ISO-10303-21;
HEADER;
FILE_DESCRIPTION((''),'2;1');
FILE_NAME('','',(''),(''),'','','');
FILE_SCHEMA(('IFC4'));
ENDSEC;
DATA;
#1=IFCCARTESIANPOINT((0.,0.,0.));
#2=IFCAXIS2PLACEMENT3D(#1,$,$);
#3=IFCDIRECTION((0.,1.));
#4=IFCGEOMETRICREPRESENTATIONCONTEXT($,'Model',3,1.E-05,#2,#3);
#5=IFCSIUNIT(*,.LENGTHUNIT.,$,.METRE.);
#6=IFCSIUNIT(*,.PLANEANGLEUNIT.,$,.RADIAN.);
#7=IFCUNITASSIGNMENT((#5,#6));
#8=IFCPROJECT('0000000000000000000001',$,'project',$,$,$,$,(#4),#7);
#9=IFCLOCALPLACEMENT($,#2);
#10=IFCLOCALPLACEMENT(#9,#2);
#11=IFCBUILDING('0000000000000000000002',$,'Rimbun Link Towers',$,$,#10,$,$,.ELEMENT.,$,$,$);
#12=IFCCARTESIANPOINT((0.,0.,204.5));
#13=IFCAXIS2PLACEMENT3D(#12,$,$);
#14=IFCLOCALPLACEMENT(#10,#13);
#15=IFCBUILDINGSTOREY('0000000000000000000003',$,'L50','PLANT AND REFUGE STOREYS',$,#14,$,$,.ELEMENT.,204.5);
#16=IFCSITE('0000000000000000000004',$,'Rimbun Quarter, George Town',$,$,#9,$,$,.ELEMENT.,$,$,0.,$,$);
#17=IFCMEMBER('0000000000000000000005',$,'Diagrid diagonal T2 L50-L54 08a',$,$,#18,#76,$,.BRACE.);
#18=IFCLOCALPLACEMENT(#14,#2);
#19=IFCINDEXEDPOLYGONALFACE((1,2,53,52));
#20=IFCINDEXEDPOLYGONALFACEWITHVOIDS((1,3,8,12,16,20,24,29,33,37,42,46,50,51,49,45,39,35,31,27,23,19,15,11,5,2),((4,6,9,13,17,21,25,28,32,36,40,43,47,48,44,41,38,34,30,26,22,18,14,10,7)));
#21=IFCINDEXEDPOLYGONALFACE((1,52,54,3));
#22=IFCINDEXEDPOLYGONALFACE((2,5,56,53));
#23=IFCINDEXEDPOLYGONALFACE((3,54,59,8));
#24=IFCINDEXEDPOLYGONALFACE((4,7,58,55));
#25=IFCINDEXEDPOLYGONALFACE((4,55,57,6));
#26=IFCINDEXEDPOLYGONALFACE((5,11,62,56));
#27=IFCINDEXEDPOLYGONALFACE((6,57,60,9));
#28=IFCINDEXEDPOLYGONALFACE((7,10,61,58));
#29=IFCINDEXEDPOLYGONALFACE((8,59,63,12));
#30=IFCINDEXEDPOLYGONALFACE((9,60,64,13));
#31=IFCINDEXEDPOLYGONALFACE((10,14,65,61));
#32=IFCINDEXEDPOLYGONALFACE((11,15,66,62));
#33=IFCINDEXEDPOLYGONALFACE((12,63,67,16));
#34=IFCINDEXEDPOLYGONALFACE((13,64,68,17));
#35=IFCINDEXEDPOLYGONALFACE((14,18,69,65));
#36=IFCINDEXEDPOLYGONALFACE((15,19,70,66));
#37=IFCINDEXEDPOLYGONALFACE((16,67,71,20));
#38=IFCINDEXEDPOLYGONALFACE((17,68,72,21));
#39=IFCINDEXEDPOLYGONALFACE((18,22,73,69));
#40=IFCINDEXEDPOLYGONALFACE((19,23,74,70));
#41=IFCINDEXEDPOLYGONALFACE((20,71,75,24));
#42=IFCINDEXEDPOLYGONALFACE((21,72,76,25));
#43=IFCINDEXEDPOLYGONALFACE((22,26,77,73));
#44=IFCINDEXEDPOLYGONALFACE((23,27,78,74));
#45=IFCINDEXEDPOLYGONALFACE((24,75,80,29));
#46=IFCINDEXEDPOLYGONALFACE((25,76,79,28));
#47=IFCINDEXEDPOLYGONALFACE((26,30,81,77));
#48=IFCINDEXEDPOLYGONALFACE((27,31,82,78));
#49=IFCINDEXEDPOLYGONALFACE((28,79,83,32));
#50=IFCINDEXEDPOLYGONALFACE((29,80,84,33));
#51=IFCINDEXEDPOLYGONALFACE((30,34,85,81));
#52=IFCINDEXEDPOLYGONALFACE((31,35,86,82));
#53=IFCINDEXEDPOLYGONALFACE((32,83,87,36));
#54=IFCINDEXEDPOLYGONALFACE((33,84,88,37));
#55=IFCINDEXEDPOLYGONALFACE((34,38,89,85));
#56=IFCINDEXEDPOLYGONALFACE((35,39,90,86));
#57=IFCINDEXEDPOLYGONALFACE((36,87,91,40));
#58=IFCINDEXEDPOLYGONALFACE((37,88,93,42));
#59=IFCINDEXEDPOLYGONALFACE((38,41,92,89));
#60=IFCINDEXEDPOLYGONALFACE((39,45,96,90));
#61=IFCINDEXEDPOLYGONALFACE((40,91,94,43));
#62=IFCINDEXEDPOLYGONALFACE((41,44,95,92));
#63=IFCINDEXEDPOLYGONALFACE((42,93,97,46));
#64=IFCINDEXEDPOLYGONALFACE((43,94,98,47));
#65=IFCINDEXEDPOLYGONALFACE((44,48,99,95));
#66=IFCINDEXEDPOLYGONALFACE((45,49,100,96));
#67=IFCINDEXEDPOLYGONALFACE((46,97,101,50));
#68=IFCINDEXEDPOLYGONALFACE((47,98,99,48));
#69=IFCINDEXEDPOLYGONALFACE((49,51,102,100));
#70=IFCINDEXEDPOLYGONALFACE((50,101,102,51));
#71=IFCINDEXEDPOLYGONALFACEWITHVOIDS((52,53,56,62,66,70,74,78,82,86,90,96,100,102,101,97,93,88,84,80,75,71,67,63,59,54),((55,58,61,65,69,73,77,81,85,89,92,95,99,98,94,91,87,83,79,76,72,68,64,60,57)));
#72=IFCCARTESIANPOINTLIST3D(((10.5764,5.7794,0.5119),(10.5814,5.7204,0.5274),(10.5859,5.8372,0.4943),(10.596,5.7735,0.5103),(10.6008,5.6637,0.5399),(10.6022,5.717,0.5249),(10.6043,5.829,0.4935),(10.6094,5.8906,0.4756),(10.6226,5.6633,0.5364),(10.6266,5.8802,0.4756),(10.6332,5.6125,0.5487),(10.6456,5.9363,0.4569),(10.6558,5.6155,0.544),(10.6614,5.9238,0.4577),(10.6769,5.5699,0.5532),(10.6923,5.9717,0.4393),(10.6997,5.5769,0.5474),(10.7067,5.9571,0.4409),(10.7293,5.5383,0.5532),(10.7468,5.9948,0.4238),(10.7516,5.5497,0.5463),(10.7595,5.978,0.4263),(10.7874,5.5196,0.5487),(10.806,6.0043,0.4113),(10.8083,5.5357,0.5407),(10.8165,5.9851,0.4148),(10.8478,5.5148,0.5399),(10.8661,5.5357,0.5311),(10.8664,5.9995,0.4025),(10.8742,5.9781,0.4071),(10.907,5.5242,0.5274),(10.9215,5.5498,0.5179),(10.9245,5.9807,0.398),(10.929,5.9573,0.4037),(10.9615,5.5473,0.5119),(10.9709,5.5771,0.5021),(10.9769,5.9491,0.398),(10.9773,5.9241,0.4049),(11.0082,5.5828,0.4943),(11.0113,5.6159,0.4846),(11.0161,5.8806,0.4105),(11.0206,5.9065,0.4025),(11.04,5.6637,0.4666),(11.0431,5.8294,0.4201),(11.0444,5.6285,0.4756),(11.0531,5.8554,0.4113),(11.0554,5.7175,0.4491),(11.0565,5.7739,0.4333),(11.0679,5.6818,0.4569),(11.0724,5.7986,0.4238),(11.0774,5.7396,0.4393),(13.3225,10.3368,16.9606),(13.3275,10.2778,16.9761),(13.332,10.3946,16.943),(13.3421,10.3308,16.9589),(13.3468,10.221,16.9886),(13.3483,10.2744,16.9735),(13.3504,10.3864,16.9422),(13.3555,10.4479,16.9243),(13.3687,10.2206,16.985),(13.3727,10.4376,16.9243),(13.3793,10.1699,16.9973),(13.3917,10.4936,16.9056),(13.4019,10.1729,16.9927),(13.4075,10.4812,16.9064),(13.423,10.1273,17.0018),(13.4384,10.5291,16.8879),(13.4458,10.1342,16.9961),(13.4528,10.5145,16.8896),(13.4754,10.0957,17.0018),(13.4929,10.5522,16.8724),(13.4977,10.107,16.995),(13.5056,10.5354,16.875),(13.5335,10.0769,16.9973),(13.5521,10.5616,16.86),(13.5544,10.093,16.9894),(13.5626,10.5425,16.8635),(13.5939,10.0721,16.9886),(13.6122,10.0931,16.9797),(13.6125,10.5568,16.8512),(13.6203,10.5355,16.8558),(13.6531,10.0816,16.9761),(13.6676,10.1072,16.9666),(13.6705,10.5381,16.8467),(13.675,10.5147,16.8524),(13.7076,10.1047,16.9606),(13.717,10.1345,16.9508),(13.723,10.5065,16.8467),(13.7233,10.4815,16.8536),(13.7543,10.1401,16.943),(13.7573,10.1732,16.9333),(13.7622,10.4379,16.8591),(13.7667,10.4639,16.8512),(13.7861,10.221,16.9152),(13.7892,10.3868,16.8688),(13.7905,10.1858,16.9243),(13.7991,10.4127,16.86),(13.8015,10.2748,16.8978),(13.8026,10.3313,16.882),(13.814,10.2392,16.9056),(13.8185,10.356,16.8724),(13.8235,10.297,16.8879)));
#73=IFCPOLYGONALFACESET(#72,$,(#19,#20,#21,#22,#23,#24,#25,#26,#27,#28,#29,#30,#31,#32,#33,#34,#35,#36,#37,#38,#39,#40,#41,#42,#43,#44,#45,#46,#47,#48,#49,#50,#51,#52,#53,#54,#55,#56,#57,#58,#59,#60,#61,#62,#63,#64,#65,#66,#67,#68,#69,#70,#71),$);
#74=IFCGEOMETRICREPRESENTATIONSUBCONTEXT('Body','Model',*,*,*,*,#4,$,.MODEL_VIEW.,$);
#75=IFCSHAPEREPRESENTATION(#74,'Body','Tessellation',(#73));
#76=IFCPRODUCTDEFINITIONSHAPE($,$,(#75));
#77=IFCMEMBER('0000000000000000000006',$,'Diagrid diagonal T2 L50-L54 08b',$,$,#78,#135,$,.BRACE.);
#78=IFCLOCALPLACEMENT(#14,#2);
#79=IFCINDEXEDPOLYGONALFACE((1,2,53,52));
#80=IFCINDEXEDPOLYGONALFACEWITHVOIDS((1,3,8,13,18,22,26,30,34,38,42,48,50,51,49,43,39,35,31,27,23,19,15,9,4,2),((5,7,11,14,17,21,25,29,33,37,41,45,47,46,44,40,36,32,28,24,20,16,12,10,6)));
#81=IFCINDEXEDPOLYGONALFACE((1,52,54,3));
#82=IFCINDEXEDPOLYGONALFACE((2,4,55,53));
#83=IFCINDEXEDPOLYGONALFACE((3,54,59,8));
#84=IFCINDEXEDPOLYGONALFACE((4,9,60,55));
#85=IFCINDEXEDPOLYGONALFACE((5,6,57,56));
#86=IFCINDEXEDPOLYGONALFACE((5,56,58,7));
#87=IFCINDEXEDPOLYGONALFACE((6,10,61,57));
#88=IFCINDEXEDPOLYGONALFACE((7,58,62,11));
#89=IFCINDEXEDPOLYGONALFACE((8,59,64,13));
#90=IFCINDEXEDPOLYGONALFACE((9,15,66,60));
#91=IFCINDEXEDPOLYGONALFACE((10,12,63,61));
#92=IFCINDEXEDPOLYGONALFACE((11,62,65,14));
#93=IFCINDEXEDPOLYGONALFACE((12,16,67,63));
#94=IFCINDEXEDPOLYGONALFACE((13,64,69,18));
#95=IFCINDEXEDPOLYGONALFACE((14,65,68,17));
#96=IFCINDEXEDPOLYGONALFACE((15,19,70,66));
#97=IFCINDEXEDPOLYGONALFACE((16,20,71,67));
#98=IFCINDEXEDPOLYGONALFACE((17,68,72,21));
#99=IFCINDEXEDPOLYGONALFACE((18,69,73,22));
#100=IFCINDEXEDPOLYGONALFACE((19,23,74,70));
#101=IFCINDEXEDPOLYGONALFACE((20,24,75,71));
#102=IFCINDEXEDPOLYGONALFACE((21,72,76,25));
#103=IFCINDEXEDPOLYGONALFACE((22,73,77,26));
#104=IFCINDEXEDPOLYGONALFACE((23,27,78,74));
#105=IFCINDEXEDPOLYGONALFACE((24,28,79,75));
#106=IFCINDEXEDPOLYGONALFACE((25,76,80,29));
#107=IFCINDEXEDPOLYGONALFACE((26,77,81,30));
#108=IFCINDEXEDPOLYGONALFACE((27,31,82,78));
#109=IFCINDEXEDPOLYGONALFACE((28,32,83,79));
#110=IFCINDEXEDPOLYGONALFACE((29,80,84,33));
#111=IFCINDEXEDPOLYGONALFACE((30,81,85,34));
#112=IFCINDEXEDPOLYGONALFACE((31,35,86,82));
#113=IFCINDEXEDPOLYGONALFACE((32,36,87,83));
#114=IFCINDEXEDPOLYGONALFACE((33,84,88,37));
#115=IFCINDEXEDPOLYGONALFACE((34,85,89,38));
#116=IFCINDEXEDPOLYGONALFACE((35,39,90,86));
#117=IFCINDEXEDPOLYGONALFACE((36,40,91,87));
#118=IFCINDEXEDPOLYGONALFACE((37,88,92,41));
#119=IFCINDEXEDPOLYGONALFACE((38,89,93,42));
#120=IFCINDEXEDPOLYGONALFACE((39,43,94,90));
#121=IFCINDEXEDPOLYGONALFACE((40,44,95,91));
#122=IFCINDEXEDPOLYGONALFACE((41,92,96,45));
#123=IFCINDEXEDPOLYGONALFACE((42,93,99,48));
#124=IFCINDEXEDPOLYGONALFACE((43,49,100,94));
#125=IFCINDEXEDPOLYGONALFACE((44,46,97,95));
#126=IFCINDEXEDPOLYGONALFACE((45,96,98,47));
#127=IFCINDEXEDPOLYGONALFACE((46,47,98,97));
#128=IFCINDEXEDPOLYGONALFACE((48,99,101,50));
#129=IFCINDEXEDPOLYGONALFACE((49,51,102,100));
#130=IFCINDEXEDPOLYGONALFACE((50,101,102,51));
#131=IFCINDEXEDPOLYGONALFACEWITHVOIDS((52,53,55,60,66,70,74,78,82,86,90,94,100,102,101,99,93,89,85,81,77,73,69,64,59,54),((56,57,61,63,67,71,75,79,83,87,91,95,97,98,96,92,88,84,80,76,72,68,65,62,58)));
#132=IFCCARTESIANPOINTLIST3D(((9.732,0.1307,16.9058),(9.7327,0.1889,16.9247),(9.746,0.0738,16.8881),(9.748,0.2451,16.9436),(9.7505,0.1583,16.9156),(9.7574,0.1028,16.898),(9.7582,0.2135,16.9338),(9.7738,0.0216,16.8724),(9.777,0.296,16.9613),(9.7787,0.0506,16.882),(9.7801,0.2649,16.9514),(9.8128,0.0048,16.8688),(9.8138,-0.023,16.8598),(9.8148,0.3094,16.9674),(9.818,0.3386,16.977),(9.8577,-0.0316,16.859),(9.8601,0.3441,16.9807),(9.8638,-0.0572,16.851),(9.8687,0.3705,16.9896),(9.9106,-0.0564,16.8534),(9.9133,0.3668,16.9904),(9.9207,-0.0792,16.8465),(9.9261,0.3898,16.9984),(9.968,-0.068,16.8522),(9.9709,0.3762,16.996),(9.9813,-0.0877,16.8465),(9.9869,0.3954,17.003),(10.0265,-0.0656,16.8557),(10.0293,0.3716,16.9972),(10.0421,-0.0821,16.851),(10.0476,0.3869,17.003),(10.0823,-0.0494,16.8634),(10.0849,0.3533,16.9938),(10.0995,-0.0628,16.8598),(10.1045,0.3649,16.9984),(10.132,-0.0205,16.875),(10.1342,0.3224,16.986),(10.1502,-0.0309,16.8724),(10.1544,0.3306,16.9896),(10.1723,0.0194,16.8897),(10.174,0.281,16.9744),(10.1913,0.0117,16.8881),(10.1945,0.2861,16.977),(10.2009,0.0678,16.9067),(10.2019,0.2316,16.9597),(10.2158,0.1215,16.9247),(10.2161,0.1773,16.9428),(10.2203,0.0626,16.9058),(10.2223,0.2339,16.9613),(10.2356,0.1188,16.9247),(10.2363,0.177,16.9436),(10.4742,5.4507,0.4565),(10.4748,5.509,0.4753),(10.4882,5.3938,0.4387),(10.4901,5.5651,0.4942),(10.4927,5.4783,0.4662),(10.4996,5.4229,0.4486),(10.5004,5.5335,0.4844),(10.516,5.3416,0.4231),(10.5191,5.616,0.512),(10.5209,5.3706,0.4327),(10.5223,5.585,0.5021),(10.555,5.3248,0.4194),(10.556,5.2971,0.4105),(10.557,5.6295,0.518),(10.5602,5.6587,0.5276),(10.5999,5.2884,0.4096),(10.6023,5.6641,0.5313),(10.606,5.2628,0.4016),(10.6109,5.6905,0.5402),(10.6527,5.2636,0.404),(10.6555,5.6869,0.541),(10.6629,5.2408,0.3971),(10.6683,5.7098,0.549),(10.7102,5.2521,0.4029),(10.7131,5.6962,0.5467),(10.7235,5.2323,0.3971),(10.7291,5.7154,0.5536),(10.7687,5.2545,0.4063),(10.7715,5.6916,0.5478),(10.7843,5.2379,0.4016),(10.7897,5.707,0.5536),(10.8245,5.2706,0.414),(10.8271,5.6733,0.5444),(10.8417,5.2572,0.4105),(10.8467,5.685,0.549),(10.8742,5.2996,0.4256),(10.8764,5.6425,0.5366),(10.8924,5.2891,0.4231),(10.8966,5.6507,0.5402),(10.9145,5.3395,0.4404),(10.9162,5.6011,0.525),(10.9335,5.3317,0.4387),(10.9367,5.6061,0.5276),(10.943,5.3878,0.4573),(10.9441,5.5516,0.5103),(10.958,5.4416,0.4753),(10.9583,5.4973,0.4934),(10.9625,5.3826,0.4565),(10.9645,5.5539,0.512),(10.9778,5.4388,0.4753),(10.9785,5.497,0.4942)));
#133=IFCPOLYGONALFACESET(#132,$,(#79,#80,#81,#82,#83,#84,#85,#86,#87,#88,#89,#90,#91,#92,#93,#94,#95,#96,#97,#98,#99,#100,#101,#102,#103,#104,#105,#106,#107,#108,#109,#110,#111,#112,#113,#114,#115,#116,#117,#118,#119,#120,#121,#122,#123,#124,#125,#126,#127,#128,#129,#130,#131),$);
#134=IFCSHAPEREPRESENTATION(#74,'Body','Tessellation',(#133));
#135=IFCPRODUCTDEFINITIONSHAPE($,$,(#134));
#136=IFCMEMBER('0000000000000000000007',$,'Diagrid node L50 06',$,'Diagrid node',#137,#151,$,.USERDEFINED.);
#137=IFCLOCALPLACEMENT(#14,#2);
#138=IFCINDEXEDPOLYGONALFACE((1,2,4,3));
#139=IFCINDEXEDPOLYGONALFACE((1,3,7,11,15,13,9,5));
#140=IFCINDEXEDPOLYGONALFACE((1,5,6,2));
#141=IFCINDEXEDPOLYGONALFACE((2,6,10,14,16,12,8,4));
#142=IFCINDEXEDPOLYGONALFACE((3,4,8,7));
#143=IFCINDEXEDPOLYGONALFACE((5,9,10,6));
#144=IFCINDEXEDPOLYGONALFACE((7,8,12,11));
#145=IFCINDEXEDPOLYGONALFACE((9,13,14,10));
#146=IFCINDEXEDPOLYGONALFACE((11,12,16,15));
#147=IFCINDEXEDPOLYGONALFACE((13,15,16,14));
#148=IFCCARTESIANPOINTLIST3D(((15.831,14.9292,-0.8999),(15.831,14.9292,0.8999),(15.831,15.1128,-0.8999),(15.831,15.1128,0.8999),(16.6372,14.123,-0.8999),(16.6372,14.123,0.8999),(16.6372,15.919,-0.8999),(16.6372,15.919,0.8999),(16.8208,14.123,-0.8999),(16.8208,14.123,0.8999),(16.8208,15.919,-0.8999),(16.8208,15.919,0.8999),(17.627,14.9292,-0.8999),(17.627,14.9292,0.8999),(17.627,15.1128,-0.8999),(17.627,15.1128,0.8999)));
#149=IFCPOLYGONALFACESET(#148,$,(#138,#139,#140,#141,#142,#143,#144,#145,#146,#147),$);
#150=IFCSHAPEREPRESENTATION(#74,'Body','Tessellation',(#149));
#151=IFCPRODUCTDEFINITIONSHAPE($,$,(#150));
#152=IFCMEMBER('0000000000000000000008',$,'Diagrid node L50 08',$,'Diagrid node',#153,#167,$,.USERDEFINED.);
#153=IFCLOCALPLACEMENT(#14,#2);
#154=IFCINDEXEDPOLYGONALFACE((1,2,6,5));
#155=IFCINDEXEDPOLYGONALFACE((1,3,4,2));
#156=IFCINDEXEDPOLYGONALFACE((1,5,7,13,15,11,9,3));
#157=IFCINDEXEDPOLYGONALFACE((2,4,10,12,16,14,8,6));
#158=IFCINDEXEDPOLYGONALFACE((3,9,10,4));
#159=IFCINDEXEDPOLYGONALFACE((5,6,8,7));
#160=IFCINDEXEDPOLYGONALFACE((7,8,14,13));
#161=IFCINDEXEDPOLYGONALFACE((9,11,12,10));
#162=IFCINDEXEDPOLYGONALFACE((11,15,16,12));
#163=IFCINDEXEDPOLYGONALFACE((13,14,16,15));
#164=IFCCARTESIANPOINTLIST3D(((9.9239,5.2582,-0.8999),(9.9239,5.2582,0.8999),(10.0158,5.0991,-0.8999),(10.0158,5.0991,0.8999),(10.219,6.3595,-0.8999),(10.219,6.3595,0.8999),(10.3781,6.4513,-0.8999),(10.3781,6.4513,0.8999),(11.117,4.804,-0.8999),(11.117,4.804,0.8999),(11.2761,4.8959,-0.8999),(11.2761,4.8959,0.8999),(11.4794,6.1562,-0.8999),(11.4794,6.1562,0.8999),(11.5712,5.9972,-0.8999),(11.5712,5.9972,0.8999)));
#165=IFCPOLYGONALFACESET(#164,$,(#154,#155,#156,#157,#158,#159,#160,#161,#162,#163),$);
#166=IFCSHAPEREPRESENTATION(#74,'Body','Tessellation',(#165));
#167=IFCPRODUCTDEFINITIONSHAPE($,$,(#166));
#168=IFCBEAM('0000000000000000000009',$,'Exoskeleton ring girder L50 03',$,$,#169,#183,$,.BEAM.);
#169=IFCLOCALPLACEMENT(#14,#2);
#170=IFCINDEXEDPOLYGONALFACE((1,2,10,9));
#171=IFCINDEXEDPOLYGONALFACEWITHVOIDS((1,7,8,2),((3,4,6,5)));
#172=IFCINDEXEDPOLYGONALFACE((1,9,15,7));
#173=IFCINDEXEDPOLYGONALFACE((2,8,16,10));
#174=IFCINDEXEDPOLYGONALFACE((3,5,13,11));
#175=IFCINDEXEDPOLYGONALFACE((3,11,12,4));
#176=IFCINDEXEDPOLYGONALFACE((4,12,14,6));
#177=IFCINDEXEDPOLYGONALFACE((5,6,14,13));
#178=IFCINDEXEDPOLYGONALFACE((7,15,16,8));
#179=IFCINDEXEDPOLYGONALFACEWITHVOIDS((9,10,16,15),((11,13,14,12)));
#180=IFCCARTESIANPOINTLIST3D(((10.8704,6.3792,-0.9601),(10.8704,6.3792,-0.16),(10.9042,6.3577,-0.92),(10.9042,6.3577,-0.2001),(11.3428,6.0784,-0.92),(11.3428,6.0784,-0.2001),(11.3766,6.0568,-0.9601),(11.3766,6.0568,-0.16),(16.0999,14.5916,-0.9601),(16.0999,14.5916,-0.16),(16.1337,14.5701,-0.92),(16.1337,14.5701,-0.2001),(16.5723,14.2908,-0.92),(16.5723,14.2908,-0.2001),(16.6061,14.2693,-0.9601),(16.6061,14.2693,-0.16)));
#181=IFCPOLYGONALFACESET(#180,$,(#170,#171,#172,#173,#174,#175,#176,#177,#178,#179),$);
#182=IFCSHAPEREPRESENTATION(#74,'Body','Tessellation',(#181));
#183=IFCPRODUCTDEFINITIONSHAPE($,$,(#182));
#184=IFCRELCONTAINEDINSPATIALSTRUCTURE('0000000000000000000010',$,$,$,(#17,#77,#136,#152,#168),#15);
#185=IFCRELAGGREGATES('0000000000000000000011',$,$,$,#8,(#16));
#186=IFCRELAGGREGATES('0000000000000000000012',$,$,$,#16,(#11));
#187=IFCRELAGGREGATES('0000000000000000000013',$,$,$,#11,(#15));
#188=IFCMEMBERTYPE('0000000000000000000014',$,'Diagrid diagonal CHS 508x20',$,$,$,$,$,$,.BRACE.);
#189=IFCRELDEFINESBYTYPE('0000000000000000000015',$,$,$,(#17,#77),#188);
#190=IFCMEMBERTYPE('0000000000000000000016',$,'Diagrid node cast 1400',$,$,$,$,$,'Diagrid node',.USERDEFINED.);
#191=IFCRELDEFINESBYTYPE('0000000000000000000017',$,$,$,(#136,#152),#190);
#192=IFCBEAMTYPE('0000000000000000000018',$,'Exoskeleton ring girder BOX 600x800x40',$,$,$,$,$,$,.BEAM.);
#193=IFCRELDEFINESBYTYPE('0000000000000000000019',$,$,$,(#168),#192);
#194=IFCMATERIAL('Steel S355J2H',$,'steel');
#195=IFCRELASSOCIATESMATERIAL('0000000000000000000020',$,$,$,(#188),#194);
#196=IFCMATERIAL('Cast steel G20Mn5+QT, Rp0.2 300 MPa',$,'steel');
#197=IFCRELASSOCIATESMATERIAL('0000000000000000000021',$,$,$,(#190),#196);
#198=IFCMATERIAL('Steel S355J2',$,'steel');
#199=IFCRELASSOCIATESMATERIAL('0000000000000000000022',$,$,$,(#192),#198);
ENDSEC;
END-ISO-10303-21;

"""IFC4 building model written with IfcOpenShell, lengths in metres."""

from ifc_helpers import new_model, si_unit, direction, frame, origin, origin_2d, place, context, subcontext, project, spatial, polyline, hollow_rectangle, hollow_circle, outline, extrude, material, material_profile, profile_set, type_object, element, save


model = new_model("IFC4")

# Units and contexts
model_context = context("Model", 3, precision=1e-05, world=origin(), true_north=direction((0.0, 1.0)))
body_context = subcontext(model_context, "Body", "Model", "MODEL_VIEW")
ifc_project = project(units=[si_unit("LENGTHUNIT", "METRE"), si_unit("PLANEANGLEUNIT", "RADIAN")], contexts=[model_context])

# Site, building, storey
site_placement = place(None, origin())
site = spatial("IfcSite", under=ifc_project, at=site_placement, Name="Rimbun Quarter, George Town", CompositionType="ELEMENT", RefElevation=0.0)
building_placement = place(site_placement, origin())
building = spatial("IfcBuilding", under=site, at=building_placement, Name="Rimbun Link Towers", CompositionType="ELEMENT")
storey_placement = place(building_placement, frame((0.0, 0.0, 204.5)))
storey = spatial("IfcBuildingStorey", under=building, at=storey_placement, Name="L50", Description="PLANT AND REFUGE STOREYS", CompositionType="ELEMENT", Elevation=204.5)

# Members
ifc_material_1 = material(Name="Steel S355J2H", Category="steel")
ifc_material_profile_1 = material_profile(ifc_material_1, hollow_circle(Radius=0.2539, WallThickness=0.02, at=origin_2d()), Name="Diagrid diagonal CHS 508x20")
ifc_profile_set_1 = profile_set([ifc_material_profile_1], Name="Steel S355J2H")
member_type_1 = type_object("IfcMemberType", Name="Diagrid diagonal CHS 508x20", PredefinedType="BRACE", material=ifc_profile_set_1)
member_1_placement = place(storey_placement, frame((10.8269, 5.7595, 0.4756), z_axis=(0.158845, 0.263616, 0.951459), x_axis=(-0.856524, 0.516108, 0.0)))
element("IfcMember", 1, at=member_1_placement, inside=storey, type_object=member_type_1, Name="Diagrid diagonal T2 L50-L54 08a", PredefinedType="BRACE", context=body_context, shape_type="SweptSolid", body=[
    extrude(hollow_circle(Radius=0.2539, WallThickness=0.02, at=origin_2d()), origin(), (0.0, 0.0, 1.0), 17.2878),
])
member_2_placement = place(storey_placement, frame((10.7263, 5.4739, 0.4753), z_axis=(-0.04289, -0.307442, 0.9506), x_axis=(0.990409, -0.138169, 0.0)))
element("IfcMember", 2, at=member_2_placement, inside=storey, type_object=member_type_1, Name="Diagrid diagonal T2 L50-L54 08b", PredefinedType="BRACE", context=body_context, shape_type="SweptSolid", body=[
    extrude(hollow_circle(Radius=0.2539, WallThickness=0.02, at=origin_2d()), origin(), (0.0, 0.0, 1.0), 17.3042),
])
ifc_material_2 = material(Name="Cast steel G20Mn5+QT, Rp0.2 300 MPa", Category="steel")
ifc_material_profile_2 = material_profile(ifc_material_2, outline(polyline([(0.7, -0.5701), (0.7, 0.5701), (0.5701, 0.7), (-0.5701, 0.7), (-0.7, 0.5701), (-0.7, -0.5701), (-0.5701, -0.7), (0.5701, -0.7), (0.7, -0.5701)])), Name="NODE 1400x1400")
ifc_profile_set_2 = profile_set([ifc_material_profile_2], Name="Cast steel G20Mn5+QT, Rp0.2 300 MPa")
member_type_2 = type_object("IfcMemberType", Name="Diagrid node cast 1400", ElementType="Diagrid node", PredefinedType="USERDEFINED", material=ifc_profile_set_2)
for number, where, z_axis, x_axis, name in (
    (3, (16.729, 15.021, -0.8999), (0.0, 0.0, 1.0), (-0.707107, 0.707107, 0.0), "Diagrid node L50 06"),
    (4, (10.7476, 5.6277, -0.8999), (0.0, 0.0, 1.0), (-0.965926, 0.258819, 0.0), "Diagrid node L50 08"),
):
    element("IfcMember", number, at=place(storey_placement, frame(where, z_axis=z_axis, x_axis=x_axis)), inside=storey, type_object=member_type_2, Name=name, ObjectType="Diagrid node", PredefinedType="USERDEFINED", context=body_context, shape_type="SweptSolid", body=[
        extrude(outline(polyline([(0.7, -0.5701), (0.7, 0.5701), (0.5701, 0.7), (-0.5701, 0.7), (-0.7, 0.5701), (-0.7, -0.5701), (-0.5701, -0.7), (0.5701, -0.7), (0.7, -0.5701)])), origin(), (0.0, 0.0, 1.0), 1.7998),
    ])

# Beam
ifc_material_3 = material(Name="Steel S355J2", Category="steel")
ifc_material_profile_3 = material_profile(ifc_material_3, hollow_rectangle(XDim=0.6001, YDim=0.8, WallThickness=0.04, at=origin_2d()), Name="Exoskeleton ring girder BOX 600x800x40")
ifc_profile_set_3 = profile_set([ifc_material_profile_3], Name="Steel S355J2")
beam_type_1 = type_object("IfcBeamType", Name="Exoskeleton ring girder BOX 600x800x40", PredefinedType="BEAM", material=ifc_profile_set_3)
beam_1_placement = place(storey_placement, frame((16.353, 14.4304, -0.5601), z_axis=(-0.537125, -0.843502, 0.0), x_axis=(0.843502, -0.537125, 0.0)))
element("IfcBeam", 5, at=beam_1_placement, inside=storey, type_object=beam_type_1, Name="Exoskeleton ring girder L50 03", PredefinedType="BEAM", context=body_context, shape_type="SweptSolid", body=[
    extrude(hollow_rectangle(XDim=0.6001, YDim=0.8, WallThickness=0.04, at=origin_2d()), origin(), (0.0, 0.0, 1.0), 9.7361),
])

save(model, "model.ifc")
